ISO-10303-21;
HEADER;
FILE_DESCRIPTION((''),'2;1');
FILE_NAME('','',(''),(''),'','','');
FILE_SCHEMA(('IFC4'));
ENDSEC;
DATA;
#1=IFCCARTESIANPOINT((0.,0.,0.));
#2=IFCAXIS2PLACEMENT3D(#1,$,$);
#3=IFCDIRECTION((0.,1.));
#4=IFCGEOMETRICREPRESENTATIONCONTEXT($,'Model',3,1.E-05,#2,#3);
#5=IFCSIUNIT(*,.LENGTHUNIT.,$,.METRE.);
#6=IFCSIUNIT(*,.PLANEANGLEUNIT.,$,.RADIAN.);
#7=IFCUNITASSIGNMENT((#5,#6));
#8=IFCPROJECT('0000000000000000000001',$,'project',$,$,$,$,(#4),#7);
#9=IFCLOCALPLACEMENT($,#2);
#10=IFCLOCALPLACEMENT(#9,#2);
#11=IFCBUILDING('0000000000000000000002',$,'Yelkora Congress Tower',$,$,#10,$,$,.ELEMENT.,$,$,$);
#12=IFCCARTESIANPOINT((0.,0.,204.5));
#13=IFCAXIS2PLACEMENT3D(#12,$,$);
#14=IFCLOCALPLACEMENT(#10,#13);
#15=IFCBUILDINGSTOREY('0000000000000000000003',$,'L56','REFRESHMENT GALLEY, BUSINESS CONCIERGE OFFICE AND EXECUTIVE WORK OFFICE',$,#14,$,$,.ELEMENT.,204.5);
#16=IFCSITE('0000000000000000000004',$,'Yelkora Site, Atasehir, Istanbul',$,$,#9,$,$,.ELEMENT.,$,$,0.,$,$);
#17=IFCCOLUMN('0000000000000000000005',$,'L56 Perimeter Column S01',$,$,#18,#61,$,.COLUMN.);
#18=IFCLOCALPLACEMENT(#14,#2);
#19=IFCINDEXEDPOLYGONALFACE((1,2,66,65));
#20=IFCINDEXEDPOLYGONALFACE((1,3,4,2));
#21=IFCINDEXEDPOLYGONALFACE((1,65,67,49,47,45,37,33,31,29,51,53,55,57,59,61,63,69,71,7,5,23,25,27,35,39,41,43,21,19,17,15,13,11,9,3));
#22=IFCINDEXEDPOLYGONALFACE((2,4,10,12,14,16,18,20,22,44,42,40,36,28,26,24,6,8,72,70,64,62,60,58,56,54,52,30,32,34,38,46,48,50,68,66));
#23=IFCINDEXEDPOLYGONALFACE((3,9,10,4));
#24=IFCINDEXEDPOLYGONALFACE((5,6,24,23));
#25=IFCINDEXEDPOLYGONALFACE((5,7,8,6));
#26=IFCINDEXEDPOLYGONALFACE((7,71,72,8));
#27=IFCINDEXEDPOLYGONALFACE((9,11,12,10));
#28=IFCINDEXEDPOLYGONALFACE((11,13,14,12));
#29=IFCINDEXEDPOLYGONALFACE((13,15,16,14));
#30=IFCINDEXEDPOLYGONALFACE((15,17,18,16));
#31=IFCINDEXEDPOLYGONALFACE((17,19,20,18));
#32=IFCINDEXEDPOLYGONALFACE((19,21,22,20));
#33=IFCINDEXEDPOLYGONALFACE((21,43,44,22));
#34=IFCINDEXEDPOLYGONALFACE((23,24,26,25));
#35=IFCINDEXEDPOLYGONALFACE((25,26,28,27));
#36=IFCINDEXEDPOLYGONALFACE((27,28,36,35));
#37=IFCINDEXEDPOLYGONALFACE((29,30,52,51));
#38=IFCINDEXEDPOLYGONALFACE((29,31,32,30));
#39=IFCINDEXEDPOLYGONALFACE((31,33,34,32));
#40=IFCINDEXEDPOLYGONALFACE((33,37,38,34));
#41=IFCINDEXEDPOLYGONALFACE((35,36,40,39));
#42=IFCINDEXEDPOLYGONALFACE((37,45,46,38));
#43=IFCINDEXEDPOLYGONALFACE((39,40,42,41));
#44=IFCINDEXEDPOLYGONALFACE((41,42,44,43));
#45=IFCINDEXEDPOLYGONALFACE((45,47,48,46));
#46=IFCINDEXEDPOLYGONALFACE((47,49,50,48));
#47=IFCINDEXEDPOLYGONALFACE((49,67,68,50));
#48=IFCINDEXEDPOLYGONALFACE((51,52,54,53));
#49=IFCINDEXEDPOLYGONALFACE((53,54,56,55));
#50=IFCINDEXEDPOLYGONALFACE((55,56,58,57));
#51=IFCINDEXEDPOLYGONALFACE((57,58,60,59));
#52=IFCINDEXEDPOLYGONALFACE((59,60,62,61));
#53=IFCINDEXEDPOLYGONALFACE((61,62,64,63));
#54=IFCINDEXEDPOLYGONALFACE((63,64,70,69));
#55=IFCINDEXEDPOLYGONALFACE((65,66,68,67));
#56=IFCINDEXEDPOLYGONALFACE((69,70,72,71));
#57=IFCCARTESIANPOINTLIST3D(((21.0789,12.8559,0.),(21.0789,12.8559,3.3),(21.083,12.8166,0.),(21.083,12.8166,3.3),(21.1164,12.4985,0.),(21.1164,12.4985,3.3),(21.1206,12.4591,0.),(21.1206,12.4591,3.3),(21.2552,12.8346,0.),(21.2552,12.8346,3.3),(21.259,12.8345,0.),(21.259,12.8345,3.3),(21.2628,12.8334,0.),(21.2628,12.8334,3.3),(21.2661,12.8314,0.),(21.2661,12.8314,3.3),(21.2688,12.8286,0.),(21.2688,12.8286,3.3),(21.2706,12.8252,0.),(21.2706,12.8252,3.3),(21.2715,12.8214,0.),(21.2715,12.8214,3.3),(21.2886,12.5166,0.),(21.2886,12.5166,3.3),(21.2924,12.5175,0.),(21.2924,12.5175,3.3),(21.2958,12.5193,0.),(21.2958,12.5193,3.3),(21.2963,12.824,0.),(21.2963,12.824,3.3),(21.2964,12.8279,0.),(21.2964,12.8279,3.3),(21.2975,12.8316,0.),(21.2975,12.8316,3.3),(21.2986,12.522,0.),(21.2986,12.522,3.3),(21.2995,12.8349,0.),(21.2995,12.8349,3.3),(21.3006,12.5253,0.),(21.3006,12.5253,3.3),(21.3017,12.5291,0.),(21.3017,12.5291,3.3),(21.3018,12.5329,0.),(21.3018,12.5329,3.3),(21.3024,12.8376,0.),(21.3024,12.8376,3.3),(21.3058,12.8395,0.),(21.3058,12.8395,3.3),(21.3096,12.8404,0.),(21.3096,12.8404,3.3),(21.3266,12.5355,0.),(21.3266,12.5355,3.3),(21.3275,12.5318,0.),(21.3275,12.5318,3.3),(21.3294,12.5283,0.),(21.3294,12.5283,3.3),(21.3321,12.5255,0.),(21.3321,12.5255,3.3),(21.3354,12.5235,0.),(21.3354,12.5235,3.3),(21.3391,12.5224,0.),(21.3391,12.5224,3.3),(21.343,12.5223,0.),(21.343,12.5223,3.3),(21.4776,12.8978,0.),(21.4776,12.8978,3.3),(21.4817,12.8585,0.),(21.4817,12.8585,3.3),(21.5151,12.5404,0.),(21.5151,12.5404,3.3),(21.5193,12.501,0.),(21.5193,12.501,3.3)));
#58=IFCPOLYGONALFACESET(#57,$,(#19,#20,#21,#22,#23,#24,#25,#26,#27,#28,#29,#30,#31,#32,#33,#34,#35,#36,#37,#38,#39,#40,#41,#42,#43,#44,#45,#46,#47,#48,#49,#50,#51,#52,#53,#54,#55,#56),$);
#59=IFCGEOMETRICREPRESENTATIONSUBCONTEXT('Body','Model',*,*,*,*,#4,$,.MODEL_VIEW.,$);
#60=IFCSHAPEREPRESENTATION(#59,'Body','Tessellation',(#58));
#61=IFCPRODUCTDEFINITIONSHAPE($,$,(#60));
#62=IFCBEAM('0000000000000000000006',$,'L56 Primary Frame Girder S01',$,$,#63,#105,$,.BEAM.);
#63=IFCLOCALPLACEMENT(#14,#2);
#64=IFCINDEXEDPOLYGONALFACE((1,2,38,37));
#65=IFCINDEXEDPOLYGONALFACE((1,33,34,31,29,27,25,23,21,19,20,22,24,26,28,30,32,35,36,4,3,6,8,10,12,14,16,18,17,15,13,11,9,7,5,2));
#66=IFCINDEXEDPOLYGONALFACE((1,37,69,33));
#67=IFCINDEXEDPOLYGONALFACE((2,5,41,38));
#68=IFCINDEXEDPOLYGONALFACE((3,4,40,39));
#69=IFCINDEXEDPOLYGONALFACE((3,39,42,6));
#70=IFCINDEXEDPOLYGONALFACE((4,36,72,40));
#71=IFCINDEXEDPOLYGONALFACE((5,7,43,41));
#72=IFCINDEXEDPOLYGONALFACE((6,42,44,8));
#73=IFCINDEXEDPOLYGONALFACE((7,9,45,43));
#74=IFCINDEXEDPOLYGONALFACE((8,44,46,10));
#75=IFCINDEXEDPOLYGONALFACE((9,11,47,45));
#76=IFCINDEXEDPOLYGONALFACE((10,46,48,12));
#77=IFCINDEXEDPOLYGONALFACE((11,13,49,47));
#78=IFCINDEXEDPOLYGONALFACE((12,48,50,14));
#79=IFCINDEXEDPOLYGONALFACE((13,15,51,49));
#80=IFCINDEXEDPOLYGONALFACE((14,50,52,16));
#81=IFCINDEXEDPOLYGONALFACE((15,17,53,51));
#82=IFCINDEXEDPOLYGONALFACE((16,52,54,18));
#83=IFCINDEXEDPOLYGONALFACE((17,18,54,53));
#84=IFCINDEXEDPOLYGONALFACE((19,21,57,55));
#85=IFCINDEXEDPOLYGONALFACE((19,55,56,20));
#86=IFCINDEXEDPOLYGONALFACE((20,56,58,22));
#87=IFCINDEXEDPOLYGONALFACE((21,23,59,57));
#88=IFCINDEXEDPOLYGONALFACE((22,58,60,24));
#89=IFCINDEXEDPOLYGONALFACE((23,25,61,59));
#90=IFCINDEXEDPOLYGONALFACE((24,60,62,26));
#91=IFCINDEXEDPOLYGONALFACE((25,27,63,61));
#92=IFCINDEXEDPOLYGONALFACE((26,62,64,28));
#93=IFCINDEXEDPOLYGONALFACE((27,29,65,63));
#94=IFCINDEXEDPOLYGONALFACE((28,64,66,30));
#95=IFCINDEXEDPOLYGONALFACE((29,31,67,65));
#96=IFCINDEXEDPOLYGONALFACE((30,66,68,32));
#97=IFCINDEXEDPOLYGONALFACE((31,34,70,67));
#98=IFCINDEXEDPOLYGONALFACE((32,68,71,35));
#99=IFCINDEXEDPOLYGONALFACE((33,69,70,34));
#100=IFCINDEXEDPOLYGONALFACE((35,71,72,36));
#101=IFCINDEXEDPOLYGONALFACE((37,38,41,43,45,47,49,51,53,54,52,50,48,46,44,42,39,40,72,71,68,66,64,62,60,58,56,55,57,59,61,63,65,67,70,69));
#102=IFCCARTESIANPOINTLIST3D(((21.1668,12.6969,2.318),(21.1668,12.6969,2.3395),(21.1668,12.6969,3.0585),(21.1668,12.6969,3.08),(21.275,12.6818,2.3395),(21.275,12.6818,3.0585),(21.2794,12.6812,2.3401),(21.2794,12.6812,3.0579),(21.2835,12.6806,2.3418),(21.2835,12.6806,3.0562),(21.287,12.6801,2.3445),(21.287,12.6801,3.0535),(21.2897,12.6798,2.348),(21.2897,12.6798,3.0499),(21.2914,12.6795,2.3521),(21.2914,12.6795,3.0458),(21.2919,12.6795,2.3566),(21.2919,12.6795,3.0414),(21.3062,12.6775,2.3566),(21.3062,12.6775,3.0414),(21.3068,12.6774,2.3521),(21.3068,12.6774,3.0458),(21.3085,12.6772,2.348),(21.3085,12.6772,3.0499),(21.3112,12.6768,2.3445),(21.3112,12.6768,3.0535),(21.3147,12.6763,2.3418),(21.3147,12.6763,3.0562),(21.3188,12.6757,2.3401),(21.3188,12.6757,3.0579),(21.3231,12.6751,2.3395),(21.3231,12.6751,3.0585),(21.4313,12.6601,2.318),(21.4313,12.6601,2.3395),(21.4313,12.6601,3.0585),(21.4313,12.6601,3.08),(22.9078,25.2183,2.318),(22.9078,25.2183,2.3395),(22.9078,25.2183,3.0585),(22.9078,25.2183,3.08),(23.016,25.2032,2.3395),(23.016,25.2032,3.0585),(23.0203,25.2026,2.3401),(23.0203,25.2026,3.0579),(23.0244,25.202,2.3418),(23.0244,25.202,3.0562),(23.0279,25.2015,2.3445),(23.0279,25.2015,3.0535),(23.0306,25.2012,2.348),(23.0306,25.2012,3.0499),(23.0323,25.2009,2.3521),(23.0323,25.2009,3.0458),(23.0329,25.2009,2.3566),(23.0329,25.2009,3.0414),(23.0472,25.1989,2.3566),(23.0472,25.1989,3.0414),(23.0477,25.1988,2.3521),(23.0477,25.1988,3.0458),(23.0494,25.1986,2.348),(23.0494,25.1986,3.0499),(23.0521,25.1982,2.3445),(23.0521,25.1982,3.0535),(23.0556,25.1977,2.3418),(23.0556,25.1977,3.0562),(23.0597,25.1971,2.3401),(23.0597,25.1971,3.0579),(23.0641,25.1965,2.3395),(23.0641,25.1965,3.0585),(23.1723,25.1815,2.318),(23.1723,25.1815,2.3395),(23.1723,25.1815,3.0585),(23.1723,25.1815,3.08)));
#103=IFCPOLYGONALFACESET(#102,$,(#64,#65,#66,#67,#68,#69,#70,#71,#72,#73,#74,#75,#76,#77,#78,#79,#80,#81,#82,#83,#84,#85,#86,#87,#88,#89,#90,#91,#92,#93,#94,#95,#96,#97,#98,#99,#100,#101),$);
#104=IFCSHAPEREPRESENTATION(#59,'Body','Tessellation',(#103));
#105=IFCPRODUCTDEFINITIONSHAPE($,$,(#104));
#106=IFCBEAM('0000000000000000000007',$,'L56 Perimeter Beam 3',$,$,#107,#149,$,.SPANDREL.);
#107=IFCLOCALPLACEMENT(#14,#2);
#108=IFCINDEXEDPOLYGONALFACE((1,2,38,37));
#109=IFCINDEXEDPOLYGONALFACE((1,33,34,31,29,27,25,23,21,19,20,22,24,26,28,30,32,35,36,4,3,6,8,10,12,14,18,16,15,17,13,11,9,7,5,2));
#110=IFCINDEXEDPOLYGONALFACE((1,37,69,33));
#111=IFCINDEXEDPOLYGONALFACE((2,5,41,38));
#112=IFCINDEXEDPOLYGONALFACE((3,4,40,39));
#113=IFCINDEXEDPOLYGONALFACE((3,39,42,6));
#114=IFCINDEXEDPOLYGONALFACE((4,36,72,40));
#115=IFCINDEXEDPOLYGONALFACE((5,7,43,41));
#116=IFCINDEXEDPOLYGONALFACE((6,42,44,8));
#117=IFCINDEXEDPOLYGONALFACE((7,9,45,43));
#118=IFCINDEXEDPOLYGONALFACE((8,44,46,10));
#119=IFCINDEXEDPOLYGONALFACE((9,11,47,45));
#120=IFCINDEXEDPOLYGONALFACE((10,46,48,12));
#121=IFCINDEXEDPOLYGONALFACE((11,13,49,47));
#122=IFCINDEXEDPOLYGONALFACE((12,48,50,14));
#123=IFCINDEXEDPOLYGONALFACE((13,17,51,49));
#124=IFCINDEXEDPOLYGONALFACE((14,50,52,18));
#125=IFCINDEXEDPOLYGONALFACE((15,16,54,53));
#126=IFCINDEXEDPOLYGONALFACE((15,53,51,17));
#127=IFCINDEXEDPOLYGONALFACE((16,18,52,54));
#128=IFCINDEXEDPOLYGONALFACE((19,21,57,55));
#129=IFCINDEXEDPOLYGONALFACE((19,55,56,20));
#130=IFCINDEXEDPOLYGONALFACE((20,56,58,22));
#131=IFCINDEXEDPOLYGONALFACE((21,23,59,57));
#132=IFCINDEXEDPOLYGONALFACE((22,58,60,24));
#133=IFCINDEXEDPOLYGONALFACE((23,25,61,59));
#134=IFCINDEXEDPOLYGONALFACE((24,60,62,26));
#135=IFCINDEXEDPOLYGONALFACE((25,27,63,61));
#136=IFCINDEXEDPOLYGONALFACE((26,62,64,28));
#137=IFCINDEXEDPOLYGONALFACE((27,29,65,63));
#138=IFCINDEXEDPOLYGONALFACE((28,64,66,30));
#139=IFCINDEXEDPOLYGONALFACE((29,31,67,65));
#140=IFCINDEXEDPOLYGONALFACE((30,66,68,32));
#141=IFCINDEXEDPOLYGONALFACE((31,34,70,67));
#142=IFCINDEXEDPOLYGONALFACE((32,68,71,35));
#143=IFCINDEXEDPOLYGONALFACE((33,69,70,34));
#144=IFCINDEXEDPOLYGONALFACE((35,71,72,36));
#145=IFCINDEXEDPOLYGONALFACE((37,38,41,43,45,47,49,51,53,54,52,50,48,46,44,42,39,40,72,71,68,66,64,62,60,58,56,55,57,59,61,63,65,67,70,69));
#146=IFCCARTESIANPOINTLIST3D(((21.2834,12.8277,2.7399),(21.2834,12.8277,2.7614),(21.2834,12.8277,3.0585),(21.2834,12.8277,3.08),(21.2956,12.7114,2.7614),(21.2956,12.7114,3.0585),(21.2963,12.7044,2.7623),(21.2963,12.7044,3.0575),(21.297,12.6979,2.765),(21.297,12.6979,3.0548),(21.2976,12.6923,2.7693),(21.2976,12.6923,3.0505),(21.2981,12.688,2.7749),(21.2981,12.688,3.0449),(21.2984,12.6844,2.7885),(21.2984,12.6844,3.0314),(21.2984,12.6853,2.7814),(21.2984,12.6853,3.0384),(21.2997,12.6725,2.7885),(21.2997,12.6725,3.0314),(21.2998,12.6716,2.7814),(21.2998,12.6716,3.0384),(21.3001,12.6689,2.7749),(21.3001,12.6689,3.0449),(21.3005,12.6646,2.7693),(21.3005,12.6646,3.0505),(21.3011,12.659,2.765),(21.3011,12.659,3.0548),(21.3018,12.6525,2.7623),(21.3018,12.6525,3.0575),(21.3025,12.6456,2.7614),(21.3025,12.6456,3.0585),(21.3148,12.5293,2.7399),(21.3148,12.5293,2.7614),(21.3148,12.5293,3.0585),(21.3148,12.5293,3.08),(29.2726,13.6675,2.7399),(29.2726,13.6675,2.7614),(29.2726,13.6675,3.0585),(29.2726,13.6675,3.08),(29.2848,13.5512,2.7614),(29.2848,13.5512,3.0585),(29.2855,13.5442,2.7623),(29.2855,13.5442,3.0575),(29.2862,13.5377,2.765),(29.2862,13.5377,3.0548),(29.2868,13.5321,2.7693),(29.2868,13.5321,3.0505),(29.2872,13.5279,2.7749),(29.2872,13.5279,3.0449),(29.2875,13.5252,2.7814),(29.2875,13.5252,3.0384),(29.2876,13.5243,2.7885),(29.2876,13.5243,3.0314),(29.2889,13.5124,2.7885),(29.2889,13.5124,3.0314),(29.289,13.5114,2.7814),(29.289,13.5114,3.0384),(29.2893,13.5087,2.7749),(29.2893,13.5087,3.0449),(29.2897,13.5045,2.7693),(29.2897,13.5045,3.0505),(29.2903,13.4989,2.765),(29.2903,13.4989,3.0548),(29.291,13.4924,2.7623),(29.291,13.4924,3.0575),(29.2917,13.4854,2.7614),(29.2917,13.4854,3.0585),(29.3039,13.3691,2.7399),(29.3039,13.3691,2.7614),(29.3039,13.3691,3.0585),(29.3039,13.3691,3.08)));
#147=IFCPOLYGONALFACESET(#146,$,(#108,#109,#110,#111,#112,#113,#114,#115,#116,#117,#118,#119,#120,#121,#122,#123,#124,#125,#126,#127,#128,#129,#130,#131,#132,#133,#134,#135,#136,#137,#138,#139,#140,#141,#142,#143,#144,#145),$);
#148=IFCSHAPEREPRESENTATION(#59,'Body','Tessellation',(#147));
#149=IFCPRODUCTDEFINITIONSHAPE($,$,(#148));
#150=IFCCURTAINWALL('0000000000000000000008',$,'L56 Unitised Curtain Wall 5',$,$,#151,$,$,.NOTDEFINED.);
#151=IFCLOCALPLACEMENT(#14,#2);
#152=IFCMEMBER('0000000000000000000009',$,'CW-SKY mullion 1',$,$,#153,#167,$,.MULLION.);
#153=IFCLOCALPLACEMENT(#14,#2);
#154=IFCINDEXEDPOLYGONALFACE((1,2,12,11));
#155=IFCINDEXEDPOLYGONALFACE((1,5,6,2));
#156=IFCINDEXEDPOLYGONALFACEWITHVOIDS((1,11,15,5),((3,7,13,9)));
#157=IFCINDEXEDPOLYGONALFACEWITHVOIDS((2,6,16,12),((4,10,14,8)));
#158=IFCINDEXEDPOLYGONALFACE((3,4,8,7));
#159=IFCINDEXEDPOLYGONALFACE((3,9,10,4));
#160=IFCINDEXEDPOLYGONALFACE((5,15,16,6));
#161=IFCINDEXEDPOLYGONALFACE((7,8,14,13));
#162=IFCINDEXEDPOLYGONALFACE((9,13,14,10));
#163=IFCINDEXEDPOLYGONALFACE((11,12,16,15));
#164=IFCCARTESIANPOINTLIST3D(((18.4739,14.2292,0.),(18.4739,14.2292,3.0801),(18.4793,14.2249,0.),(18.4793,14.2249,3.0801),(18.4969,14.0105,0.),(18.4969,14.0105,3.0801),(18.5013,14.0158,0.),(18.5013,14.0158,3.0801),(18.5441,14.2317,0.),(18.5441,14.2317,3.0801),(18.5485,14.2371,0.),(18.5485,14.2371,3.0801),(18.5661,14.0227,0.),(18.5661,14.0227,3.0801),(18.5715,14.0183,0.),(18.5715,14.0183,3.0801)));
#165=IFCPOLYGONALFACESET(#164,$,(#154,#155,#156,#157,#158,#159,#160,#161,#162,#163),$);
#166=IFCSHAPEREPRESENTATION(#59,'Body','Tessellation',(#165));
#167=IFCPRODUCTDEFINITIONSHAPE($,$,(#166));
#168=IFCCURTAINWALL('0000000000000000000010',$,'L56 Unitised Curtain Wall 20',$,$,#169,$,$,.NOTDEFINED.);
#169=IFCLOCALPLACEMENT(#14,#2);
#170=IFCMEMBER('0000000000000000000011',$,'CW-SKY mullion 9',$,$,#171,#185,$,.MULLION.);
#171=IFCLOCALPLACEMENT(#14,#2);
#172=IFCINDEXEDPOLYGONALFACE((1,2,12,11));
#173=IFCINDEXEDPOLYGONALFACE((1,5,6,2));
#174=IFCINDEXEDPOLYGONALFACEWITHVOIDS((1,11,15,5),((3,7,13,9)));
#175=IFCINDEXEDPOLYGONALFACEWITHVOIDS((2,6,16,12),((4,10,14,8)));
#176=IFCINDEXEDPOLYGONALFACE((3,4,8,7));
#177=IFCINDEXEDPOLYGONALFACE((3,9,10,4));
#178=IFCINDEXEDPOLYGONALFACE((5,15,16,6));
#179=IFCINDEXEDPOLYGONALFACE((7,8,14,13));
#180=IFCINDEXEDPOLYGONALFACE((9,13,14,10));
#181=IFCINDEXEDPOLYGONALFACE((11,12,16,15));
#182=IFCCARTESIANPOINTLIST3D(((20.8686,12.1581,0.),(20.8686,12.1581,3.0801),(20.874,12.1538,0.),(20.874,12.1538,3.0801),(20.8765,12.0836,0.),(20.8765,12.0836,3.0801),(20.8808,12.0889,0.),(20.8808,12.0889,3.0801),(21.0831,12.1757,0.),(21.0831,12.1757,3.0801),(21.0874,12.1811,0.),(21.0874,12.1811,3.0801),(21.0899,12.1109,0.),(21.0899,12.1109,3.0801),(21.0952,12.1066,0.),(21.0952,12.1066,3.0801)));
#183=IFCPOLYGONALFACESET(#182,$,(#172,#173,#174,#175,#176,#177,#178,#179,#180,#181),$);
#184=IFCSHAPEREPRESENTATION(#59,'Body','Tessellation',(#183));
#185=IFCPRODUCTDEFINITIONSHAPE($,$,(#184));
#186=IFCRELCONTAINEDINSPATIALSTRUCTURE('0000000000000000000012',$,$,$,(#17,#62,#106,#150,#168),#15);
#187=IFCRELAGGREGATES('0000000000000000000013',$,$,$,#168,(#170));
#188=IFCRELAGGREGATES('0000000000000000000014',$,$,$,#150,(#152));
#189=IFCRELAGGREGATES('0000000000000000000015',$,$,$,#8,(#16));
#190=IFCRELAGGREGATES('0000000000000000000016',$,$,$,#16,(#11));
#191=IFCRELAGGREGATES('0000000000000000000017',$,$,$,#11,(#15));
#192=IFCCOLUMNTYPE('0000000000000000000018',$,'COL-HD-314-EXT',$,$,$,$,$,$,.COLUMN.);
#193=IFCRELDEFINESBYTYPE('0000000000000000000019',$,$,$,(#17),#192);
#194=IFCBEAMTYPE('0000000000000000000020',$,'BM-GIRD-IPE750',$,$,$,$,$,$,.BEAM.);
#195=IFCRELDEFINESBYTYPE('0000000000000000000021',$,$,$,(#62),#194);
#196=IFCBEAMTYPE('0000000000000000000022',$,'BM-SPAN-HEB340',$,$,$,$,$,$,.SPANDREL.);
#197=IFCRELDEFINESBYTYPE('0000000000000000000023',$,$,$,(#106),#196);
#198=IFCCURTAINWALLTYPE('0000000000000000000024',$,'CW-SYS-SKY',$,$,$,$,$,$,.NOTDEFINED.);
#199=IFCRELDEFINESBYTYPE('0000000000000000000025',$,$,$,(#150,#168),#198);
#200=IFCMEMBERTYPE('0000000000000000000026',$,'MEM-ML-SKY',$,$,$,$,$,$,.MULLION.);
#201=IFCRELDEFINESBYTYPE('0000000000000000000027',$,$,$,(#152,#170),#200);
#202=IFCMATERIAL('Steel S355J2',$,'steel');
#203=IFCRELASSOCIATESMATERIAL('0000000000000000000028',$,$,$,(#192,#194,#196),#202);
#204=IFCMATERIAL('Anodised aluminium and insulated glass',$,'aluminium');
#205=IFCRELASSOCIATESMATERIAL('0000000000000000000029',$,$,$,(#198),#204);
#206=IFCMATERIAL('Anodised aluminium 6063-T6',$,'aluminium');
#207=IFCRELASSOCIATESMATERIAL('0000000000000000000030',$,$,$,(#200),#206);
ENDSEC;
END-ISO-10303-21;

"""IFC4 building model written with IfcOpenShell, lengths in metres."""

from ifc_helpers import new_model, si_unit, direction, frame, origin, origin_2d, place, context, subcontext, project, spatial, hollow_rectangle, i_section, extrude, material, material_profile, profile_set, type_object, element, aggregate, save


model = new_model("IFC4")

# Units and contexts
model_context = context("Model", 3, precision=1e-05, world=origin(), true_north=direction((0.0, 1.0)))
body_context = subcontext(model_context, "Body", "Model", "MODEL_VIEW")
ifc_project = project(units=[si_unit("LENGTHUNIT", "METRE"), si_unit("PLANEANGLEUNIT", "RADIAN")], contexts=[model_context])

# Site, building, storey
site_placement = place(None, origin())
site = spatial("IfcSite", under=ifc_project, at=site_placement, Name="Yelkora Site, Atasehir, Istanbul", CompositionType="ELEMENT", RefElevation=0.0)
building_placement = place(site_placement, origin())
building = spatial("IfcBuilding", under=site, at=building_placement, Name="Yelkora Congress Tower", CompositionType="ELEMENT")
storey_placement = place(building_placement, frame((0.0, 0.0, 204.5)))
storey = spatial("IfcBuildingStorey", under=building, at=storey_placement, Name="L56", Description="REFRESHMENT GALLEY, BUSINESS CONCIERGE OFFICE AND EXECUTIVE WORK OFFICE", CompositionType="ELEMENT", Elevation=204.5)

# Column
ifc_material_1 = material(Name="Steel S355J2", Category="steel")
ifc_material_profile_1 = material_profile(ifc_material_1, i_section(OverallWidth=0.4009, OverallDepth=0.3989, WebThickness=0.0249, FlangeThickness=0.0396, FilletRadius=0.0149, at=origin_2d()), Name="HD 400x314")
ifc_profile_set_1 = profile_set([ifc_material_profile_1], Name="Steel S355J2")
column_type = type_object("IfcColumnType", Name="COL-HD-314-EXT", PredefinedType="COLUMN", material=ifc_profile_set_1)
column_placement = place(storey_placement, frame((21.2991, 12.6785, 0.0), z_axis=(0.0, 0.0, 1.0), x_axis=(0.994522, 0.104528, 0.0)))
element("IfcColumn", 1, at=column_placement, inside=storey, type_object=column_type, Name="L56 Perimeter Column S01", PredefinedType="COLUMN", context=body_context, shape_type="SweptSolid", body=[
    extrude(i_section(OverallWidth=0.4009, OverallDepth=0.3989, WebThickness=0.0249, FlangeThickness=0.0396, FilletRadius=0.0149, at=origin_2d()), origin(), (0.0, 0.0, 1.0), 3.3),
])

# Beams
ifc_material_profile_2 = material_profile(ifc_material_1, i_section(OverallWidth=0.2671, OverallDepth=0.762, WebThickness=0.0144, FlangeThickness=0.0215, FilletRadius=0.0171, at=origin_2d()), Name="IPE 750x173")
ifc_profile_set_2 = profile_set([ifc_material_profile_2], Name="Steel S355J2")
beam_type_1 = type_object("IfcBeamType", Name="BM-GIRD-IPE750", PredefinedType="BEAM", material=ifc_profile_set_2)
beam_1_placement = place(storey_placement, frame((21.2991, 12.6785, 2.699), z_axis=(0.137714, 0.990472, 0.0), x_axis=(-0.990472, 0.137714, 0.0)))
element("IfcBeam", 2, at=beam_1_placement, inside=storey, type_object=beam_type_1, Name="L56 Primary Frame Girder S01", PredefinedType="BEAM", context=body_context, shape_type="SweptSolid", body=[
    extrude(i_section(OverallWidth=0.2671, OverallDepth=0.762, WebThickness=0.0144, FlangeThickness=0.0215, FilletRadius=0.0171, at=origin_2d()), origin(), (0.0, 0.0, 1.0), 12.6418),
])
ifc_material_profile_3 = material_profile(ifc_material_1, i_section(OverallWidth=0.3, OverallDepth=0.3401, WebThickness=0.012, FlangeThickness=0.0215, FilletRadius=0.0271, at=origin_2d()), Name="HEB 340")
ifc_profile_set_3 = profile_set([ifc_material_profile_3], Name="Steel S355J2")
beam_type_2 = type_object("IfcBeamType", Name="BM-SPAN-HEB340", PredefinedType="SPANDREL", material=ifc_profile_set_3)
beam_2_placement = place(storey_placement, frame((21.2991, 12.6785, 2.9099), z_axis=(0.99452, 0.104546, 0.0), x_axis=(-0.104546, 0.99452, 0.0)))
element("IfcBeam", 3, at=beam_2_placement, inside=storey, type_object=beam_type_2, Name="L56 Perimeter Beam 3", PredefinedType="SPANDREL", context=body_context, shape_type="SweptSolid", body=[
    extrude(i_section(OverallWidth=0.3, OverallDepth=0.3401, WebThickness=0.012, FlangeThickness=0.0215, FilletRadius=0.0271, at=origin_2d()), origin(), (0.0, 0.0, 1.0), 8.0332),
])

# Curtain walls, members
ifc_material_2 = material(Name="Anodised aluminium and insulated glass", Category="aluminium")
curtain_wall_type = type_object("IfcCurtainWallType", Name="CW-SYS-SKY", PredefinedType="NOTDEFINED", material=ifc_material_2)
curtain_wall_1_placement = place(storey_placement, origin())
curtain_wall_1 = element("IfcCurtainWall", 4, at=curtain_wall_1_placement, inside=storey, type_object=curtain_wall_type, Name="L56 Unitised Curtain Wall 5", PredefinedType="NOTDEFINED")
ifc_material_3 = material(Name="Anodised aluminium 6063-T6", Category="aluminium")
ifc_material_profile_4 = material_profile(ifc_material_3, hollow_rectangle(XDim=0.075, YDim=0.22, WallThickness=0.0049, at=origin_2d()), Name="ALU 75x220x5")
ifc_profile_set_4 = profile_set([ifc_material_profile_4], Name="Anodised aluminium 6063-T6")
member_type_1 = type_object("IfcMemberType", Name="MEM-ML-SKY", PredefinedType="MULLION", material=ifc_profile_set_4)
member_1_placement = place(storey_placement, frame((18.5227, 14.1238, 0.0), z_axis=(0.0, 0.0, 1.0), x_axis=(-0.994522, -0.104526, 0.0)))
member_1 = element("IfcMember", 5, at=member_1_placement, type_object=member_type_1, Name="CW-SKY mullion 1", PredefinedType="MULLION", context=body_context, shape_type="SweptSolid", body=[
    extrude(hollow_rectangle(XDim=0.075, YDim=0.22, WallThickness=0.0049, at=origin_2d()), origin(), (0.0, 0.0, 1.0), 3.0801),
])
curtain_wall_2_placement = place(storey_placement, origin())
curtain_wall_2 = element("IfcCurtainWall", 6, at=curtain_wall_2_placement, inside=storey, type_object=curtain_wall_type, Name="L56 Unitised Curtain Wall 20", PredefinedType="NOTDEFINED")
member_2_placement = place(storey_placement, frame((20.9819, 12.1323, 0.0), z_axis=(0.0, 0.0, 1.0), x_axis=(0.104527, -0.994522, 0.0)))
member_2 = element("IfcMember", 7, at=member_2_placement, type_object=member_type_1, Name="CW-SKY mullion 9", PredefinedType="MULLION", context=body_context, shape_type="SweptSolid", body=[
    extrude(hollow_rectangle(XDim=0.075, YDim=0.22, WallThickness=0.0049, at=origin_2d()), origin(), (0.0, 0.0, 1.0), 3.0801),
])
aggregate(curtain_wall_2, [member_2])

aggregate(curtain_wall_1, [member_1])

save(model, "model.ifc")
